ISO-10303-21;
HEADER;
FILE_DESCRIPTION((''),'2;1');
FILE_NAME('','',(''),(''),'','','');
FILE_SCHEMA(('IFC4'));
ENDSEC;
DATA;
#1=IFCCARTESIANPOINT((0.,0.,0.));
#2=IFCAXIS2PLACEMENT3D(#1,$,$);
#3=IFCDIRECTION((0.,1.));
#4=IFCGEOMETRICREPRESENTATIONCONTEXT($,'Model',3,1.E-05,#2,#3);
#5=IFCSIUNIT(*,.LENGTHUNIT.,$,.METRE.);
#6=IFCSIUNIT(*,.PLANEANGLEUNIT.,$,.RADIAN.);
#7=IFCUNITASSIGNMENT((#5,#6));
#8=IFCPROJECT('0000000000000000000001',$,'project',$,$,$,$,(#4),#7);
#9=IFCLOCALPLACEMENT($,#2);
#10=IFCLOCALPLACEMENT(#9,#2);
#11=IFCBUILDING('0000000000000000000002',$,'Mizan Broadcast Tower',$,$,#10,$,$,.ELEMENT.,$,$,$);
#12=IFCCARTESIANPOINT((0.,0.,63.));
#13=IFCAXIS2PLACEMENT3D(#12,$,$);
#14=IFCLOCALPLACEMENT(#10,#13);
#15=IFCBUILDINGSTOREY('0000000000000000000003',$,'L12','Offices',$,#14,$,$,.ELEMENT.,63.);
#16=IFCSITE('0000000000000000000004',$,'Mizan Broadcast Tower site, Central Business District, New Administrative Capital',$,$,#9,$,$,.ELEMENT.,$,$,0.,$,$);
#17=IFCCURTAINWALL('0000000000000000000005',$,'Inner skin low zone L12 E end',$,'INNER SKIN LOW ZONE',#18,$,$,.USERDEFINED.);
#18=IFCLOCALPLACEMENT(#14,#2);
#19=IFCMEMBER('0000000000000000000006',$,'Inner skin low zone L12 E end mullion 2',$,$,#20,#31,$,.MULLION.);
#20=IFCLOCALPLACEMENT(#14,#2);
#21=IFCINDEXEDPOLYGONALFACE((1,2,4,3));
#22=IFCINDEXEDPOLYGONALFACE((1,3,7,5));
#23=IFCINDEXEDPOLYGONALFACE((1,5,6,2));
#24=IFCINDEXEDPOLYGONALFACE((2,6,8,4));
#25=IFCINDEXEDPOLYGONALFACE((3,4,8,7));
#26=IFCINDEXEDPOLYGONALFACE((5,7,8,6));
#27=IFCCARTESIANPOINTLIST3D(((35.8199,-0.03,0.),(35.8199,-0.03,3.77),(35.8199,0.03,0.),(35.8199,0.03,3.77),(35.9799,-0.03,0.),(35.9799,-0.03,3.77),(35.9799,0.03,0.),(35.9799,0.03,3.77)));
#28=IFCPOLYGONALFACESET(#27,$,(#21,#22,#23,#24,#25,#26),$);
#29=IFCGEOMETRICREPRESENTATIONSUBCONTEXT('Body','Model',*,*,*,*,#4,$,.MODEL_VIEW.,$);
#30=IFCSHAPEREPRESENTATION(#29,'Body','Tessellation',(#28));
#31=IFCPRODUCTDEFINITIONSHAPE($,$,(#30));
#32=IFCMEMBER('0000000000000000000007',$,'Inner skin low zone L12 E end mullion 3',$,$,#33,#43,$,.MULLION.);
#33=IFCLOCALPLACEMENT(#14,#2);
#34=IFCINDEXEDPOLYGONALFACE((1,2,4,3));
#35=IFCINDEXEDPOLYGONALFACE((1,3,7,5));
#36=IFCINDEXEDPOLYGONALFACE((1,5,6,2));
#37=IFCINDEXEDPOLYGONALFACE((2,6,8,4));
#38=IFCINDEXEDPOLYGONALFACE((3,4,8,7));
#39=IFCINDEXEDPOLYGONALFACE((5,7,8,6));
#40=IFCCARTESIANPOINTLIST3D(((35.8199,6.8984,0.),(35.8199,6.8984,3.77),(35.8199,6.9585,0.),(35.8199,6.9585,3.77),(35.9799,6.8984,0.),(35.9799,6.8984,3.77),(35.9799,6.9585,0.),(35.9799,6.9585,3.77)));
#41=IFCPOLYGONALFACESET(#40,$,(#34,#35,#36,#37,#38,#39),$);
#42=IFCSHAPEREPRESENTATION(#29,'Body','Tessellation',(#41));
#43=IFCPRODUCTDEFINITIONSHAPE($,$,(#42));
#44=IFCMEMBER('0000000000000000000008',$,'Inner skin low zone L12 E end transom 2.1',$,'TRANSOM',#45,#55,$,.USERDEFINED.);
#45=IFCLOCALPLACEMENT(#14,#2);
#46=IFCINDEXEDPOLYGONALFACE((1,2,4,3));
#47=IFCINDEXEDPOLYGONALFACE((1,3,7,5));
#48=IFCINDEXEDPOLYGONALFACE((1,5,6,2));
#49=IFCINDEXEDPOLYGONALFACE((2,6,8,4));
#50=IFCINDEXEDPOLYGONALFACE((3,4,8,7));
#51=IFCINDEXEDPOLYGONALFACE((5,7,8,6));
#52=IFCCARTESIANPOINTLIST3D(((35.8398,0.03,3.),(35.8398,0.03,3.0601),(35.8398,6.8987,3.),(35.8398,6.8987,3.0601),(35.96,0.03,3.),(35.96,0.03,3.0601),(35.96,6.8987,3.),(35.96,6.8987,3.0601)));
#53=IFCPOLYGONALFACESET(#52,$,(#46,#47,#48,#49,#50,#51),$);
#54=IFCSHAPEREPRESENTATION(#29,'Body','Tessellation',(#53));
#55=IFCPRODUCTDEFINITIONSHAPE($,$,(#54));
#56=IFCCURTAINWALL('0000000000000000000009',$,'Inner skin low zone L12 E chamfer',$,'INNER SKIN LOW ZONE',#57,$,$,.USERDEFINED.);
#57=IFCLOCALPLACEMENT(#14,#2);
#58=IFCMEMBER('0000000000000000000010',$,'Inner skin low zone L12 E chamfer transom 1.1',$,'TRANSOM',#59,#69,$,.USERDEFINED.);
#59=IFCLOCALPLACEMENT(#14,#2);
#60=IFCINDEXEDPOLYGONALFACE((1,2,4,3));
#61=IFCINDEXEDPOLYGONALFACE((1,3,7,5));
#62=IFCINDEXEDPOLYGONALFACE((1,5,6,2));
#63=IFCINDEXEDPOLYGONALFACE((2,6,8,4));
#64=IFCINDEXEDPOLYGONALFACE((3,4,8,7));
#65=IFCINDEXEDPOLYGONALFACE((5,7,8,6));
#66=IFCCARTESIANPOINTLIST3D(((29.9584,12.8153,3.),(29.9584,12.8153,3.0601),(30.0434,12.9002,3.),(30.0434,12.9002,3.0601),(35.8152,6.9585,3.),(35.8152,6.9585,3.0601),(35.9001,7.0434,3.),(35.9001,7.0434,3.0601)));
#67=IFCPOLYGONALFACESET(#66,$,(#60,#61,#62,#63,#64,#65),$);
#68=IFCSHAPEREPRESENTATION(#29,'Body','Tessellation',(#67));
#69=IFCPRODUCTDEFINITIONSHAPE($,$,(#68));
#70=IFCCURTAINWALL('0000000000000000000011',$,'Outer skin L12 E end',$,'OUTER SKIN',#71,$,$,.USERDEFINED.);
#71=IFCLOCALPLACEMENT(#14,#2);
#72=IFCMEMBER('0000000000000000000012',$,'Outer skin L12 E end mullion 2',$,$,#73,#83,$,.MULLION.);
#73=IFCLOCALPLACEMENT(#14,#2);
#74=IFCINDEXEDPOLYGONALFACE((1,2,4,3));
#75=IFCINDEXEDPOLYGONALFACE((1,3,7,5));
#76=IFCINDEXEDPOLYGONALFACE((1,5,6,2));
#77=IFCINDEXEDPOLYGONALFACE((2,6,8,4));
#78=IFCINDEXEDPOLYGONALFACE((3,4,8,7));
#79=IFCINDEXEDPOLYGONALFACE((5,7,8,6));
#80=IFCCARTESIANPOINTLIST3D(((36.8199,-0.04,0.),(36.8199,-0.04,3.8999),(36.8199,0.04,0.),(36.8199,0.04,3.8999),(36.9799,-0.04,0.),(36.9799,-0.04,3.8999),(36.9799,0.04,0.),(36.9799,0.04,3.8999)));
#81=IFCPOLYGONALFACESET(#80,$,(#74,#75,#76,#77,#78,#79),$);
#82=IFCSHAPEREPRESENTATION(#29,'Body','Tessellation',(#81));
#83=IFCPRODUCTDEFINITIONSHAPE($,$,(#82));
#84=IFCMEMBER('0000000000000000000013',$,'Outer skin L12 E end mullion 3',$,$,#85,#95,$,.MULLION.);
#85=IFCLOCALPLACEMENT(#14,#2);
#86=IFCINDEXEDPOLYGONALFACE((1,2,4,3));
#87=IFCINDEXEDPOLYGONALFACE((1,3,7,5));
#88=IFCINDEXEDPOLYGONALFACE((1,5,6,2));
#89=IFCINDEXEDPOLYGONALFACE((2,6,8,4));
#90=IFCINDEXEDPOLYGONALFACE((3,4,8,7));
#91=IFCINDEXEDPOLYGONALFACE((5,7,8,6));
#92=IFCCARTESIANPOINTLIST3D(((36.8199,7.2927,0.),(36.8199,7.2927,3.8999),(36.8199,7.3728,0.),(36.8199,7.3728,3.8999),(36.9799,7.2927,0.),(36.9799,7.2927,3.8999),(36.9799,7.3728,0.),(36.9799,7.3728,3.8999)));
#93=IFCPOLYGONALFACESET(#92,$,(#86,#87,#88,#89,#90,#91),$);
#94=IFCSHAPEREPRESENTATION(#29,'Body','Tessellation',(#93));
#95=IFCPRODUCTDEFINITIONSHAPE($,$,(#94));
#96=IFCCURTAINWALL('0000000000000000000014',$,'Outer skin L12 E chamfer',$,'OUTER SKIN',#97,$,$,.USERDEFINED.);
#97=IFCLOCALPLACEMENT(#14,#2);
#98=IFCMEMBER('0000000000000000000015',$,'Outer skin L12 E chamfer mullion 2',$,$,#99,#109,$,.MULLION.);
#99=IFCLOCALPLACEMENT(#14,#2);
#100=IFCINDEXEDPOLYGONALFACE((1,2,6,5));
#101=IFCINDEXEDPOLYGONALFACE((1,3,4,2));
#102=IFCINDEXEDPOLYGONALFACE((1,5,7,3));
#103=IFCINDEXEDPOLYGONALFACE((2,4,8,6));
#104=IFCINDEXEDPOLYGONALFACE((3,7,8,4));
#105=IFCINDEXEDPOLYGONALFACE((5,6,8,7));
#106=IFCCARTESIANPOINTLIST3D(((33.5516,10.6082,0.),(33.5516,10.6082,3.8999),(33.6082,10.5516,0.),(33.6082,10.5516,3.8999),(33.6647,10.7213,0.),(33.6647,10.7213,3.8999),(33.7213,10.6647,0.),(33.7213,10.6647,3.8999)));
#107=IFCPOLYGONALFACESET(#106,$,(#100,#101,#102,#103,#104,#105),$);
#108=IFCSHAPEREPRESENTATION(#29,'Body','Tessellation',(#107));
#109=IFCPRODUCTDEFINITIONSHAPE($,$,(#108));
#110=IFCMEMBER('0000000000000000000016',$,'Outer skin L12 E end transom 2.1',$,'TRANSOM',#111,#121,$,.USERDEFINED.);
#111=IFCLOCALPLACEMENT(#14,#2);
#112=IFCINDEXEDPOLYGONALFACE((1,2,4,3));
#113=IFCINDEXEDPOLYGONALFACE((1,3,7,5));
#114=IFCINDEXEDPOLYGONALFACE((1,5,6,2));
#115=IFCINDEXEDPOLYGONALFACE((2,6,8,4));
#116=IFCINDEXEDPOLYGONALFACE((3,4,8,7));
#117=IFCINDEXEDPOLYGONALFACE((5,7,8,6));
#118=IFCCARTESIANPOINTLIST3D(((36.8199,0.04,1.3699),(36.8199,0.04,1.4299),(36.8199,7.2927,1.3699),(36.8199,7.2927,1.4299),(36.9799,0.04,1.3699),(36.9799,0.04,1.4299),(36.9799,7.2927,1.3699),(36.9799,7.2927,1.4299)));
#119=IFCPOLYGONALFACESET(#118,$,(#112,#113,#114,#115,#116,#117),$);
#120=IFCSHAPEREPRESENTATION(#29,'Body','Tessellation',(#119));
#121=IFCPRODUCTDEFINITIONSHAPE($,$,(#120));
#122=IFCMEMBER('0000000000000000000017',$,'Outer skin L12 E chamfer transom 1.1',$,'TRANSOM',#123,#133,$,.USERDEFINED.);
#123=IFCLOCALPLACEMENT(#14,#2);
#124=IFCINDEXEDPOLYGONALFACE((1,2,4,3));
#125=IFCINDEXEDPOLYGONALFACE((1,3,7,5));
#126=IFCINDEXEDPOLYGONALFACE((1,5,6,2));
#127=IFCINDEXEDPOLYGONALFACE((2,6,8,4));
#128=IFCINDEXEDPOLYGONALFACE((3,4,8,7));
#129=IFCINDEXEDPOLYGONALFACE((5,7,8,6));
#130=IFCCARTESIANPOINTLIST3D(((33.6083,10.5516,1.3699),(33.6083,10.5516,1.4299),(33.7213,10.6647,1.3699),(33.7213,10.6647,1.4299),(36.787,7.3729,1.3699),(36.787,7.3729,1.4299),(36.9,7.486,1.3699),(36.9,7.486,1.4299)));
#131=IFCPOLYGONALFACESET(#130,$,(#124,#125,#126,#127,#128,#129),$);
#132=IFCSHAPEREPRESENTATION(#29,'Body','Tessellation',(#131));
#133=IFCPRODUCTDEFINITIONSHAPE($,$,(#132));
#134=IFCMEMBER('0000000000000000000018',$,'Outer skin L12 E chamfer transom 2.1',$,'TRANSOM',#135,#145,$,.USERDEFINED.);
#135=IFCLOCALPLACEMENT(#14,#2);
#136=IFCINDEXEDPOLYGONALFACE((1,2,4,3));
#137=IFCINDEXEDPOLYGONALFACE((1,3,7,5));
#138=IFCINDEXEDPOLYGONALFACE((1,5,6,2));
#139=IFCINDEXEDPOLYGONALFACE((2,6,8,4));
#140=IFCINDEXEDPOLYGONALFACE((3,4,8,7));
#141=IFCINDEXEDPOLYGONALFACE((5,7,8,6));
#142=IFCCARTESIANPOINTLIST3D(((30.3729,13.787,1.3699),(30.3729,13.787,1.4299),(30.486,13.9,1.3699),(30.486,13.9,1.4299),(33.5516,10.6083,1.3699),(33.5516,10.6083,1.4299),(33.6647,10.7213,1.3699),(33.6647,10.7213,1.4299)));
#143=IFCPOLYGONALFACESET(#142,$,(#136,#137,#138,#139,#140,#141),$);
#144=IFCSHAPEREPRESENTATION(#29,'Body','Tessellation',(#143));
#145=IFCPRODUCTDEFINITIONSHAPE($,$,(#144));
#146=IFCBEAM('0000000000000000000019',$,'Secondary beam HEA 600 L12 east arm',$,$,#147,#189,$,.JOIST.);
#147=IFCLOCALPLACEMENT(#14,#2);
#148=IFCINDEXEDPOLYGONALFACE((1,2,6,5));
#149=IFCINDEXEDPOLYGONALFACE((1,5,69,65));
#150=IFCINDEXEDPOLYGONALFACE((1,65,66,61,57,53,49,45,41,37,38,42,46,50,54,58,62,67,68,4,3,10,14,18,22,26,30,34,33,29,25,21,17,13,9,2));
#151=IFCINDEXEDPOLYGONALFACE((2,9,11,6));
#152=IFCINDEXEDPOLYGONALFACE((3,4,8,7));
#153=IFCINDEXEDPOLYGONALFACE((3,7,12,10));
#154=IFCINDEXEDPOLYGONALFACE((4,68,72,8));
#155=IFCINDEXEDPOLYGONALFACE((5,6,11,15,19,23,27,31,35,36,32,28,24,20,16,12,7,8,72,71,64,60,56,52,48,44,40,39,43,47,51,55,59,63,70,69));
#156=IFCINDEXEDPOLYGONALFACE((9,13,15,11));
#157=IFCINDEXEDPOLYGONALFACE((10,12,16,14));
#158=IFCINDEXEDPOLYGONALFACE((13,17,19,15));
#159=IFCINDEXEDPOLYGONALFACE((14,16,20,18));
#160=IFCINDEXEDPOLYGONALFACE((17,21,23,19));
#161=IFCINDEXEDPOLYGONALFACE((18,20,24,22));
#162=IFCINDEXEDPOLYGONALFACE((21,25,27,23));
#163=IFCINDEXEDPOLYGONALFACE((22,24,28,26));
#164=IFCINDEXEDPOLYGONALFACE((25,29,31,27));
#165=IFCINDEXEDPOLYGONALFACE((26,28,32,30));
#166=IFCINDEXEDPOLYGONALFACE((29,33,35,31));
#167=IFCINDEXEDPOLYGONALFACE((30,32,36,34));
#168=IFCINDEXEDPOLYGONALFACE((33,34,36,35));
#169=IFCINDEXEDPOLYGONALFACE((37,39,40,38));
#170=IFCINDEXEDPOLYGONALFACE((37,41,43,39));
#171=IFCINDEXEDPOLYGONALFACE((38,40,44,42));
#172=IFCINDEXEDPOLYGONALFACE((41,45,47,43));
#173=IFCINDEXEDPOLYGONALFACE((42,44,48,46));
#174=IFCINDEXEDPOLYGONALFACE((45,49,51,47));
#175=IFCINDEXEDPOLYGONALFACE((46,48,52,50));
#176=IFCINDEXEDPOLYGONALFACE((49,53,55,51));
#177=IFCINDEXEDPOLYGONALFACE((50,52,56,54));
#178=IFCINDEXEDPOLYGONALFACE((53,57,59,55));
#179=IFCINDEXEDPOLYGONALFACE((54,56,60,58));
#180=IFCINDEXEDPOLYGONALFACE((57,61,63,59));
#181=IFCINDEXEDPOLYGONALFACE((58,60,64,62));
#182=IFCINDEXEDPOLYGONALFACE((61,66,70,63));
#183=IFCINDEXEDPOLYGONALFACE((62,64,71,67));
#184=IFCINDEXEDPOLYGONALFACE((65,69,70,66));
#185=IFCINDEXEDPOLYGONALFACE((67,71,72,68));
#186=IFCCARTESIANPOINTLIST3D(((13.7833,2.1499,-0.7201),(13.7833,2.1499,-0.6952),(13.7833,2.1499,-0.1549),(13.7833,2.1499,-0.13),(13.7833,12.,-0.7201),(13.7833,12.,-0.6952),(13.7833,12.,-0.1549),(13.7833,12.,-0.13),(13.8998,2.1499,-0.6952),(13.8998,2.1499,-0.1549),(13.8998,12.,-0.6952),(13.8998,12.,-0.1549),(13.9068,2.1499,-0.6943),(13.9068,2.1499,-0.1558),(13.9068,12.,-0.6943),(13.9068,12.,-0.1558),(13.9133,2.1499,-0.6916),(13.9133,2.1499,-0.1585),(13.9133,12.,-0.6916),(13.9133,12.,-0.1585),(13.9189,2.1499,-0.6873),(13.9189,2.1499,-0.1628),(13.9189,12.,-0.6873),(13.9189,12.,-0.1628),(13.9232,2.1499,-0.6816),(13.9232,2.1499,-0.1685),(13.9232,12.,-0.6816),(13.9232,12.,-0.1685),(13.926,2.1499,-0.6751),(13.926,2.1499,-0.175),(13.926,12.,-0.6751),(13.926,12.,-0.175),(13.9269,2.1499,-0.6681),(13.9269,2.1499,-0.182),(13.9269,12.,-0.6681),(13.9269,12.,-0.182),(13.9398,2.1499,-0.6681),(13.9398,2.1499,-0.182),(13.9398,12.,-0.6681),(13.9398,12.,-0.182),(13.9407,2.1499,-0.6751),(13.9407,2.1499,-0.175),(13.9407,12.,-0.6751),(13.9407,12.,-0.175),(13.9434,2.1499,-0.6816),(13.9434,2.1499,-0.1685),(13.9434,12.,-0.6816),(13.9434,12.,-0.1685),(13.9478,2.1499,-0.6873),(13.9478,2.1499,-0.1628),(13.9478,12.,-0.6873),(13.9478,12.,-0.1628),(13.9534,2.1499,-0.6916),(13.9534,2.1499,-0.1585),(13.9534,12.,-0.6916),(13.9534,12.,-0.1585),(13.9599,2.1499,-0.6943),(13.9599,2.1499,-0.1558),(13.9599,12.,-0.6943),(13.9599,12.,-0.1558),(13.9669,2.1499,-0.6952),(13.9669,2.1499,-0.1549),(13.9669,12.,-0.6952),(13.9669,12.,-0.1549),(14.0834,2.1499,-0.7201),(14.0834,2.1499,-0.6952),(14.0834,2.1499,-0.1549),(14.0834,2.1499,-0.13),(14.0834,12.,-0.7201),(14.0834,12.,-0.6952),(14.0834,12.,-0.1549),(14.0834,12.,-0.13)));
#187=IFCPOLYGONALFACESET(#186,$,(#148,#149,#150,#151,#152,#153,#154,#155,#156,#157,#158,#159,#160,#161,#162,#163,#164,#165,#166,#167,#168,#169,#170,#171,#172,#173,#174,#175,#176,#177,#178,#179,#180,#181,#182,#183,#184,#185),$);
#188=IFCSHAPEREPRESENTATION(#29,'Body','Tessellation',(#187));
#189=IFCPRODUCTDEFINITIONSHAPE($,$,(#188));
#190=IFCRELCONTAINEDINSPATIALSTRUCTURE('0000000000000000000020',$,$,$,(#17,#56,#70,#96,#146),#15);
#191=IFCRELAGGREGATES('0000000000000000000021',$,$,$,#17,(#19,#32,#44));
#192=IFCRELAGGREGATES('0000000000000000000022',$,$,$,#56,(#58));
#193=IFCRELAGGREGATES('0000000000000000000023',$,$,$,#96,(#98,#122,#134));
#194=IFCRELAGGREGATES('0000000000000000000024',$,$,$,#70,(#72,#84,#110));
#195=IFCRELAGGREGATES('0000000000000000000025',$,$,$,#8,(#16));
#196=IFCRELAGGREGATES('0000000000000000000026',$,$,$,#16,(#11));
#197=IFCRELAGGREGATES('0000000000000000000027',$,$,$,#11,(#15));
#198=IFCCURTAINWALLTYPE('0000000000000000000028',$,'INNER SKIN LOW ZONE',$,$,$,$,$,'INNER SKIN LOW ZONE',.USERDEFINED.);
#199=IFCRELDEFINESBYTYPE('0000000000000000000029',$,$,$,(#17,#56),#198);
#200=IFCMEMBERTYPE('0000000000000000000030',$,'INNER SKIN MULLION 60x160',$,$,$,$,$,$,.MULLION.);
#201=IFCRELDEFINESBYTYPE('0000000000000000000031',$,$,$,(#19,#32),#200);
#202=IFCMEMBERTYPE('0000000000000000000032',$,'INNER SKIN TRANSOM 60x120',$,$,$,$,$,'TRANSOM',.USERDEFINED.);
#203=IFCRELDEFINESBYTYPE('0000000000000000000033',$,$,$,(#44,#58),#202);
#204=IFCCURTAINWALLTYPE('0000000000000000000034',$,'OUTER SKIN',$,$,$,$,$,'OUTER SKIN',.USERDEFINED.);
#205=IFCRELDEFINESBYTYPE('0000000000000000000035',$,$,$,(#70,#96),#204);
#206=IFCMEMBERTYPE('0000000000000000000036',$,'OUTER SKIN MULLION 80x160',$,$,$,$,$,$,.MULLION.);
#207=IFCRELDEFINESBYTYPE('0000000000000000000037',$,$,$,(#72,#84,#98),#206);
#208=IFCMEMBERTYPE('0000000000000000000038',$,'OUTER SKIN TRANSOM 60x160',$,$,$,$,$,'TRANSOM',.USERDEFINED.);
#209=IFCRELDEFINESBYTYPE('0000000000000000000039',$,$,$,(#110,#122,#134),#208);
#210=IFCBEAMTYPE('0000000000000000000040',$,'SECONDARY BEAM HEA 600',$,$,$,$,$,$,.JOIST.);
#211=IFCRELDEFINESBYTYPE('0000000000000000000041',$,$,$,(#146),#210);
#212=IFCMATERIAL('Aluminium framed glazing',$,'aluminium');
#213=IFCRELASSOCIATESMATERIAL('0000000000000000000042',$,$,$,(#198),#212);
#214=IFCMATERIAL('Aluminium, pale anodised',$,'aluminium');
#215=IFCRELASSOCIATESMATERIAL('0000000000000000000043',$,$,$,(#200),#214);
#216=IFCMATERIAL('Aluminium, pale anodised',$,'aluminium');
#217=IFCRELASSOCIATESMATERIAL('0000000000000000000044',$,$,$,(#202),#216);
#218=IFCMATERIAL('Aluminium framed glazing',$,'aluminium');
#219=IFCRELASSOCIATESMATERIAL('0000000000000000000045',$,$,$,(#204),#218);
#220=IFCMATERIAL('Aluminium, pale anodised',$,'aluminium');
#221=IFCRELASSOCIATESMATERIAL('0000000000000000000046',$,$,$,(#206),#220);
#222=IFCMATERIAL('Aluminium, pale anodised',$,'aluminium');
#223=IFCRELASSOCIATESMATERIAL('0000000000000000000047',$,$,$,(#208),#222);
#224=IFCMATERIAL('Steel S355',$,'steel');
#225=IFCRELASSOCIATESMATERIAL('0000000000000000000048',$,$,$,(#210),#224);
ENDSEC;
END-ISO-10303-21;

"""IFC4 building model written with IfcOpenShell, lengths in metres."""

from ifc_helpers import new_model, si_unit, direction, frame, origin, origin_2d, place, context, subcontext, project, spatial, rectangle, i_section, extrude, material, material_profile, profile_set, type_object, element, aggregate, save


model = new_model("IFC4")

# Units and contexts
model_context = context("Model", 3, precision=1e-05, world=origin(), true_north=direction((0.0, 1.0)))
body_context = subcontext(model_context, "Body", "Model", "MODEL_VIEW")
ifc_project = project(units=[si_unit("LENGTHUNIT", "METRE"), si_unit("PLANEANGLEUNIT", "RADIAN")], contexts=[model_context])

# Site, building, storey
site_placement = place(None, origin())
site = spatial("IfcSite", under=ifc_project, at=site_placement, Name="Mizan Broadcast Tower site, Central Business District, New Administrative Capital", CompositionType="ELEMENT", RefElevation=0.0)
building_placement = place(site_placement, origin())
building = spatial("IfcBuilding", under=site, at=building_placement, Name="Mizan Broadcast Tower", CompositionType="ELEMENT")
storey_placement = place(building_placement, frame((0.0, 0.0, 63.0)))
storey = spatial("IfcBuildingStorey", under=building, at=storey_placement, Name="L12", Description="Offices", CompositionType="ELEMENT", Elevation=63.0)

# Curtain wall, members
ifc_material_1 = material(Name="Aluminium framed glazing", Category="aluminium")
curtain_wall_type_1 = type_object("IfcCurtainWallType", Name="INNER SKIN LOW ZONE", ElementType="INNER SKIN LOW ZONE", PredefinedType="USERDEFINED", material=ifc_material_1)
curtain_wall_1_placement = place(storey_placement, origin())
curtain_wall_1 = element("IfcCurtainWall", 1, at=curtain_wall_1_placement, inside=storey, type_object=curtain_wall_type_1, Name="Inner skin low zone L12 E end", ObjectType="INNER SKIN LOW ZONE", PredefinedType="USERDEFINED")
ifc_material_2 = material(Name="Aluminium, pale anodised", Category="aluminium")
ifc_material_profile_1 = material_profile(ifc_material_2, rectangle(XDim=0.1599, YDim=0.0601, at=origin_2d()), Name="MULLION 160x60")
ifc_profile_set_1 = profile_set([ifc_material_profile_1], Name="Aluminium, pale anodised")
member_type_1 = type_object("IfcMemberType", Name="INNER SKIN MULLION 60x160", PredefinedType="MULLION", material=ifc_profile_set_1)
member_1_placement = place(storey_placement, frame((35.8999, 0.0, 0.0), z_axis=(0.0, 0.0, 1.0), x_axis=(-1.0, 0.0, 0.0)))
member_1 = element("IfcMember", 2, at=member_1_placement, type_object=member_type_1, Name="Inner skin low zone L12 E end mullion 2", PredefinedType="MULLION", context=body_context, shape_type="SweptSolid", body=[
    extrude(rectangle(XDim=0.1599, YDim=0.0601, at=origin_2d()), origin(), (0.0, 0.0, 1.0), 3.77),
])
member_2_placement = place(storey_placement, frame((35.8999, 6.9285, 0.0), z_axis=(0.0, 0.0, 1.0), x_axis=(-1.0, 0.0, 0.0)))
member_2 = element("IfcMember", 3, at=member_2_placement, type_object=member_type_1, Name="Inner skin low zone L12 E end mullion 3", PredefinedType="MULLION", context=body_context, shape_type="SweptSolid", body=[
    extrude(rectangle(XDim=0.1599, YDim=0.0601, at=origin_2d()), origin(), (0.0, 0.0, 1.0), 3.77),
])
ifc_material_3 = material(Name="Aluminium, pale anodised", Category="aluminium")
ifc_material_profile_2 = material_profile(ifc_material_3, rectangle(XDim=0.1201, YDim=0.0601, at=origin_2d()), Name="TRANSOM 120x60")
ifc_profile_set_2 = profile_set([ifc_material_profile_2], Name="Aluminium, pale anodised")
member_type_2 = type_object("IfcMemberType", Name="INNER SKIN TRANSOM 60x120", ElementType="TRANSOM", PredefinedType="USERDEFINED", material=ifc_profile_set_2)
member_3_placement = place(storey_placement, frame((35.8999, 0.03, 3.03), z_axis=(0.0, 1.0, 0.0), x_axis=(-1.0, 0.0, 0.0)))
member_3 = element("IfcMember", 4, at=member_3_placement, type_object=member_type_2, Name="Inner skin low zone L12 E end transom 2.1", ObjectType="TRANSOM", PredefinedType="USERDEFINED", context=body_context, shape_type="SweptSolid", body=[
    extrude(rectangle(XDim=0.1201, YDim=0.0601, at=origin_2d()), origin(), (0.0, 0.0, 1.0), 6.8687),
])

# Curtain wall, member
curtain_wall_2_placement = place(storey_placement, origin())
curtain_wall_2 = element("IfcCurtainWall", 5, at=curtain_wall_2_placement, inside=storey, type_object=curtain_wall_type_1, Name="Inner skin low zone L12 E chamfer", ObjectType="INNER SKIN LOW ZONE", PredefinedType="USERDEFINED")
member_4_placement = place(storey_placement, frame((35.8577, 7.001, 3.03), z_axis=(-0.707107, 0.707107, 0.0), x_axis=(-0.707107, -0.707107, 0.0)))
member_4 = element("IfcMember", 6, at=member_4_placement, type_object=member_type_2, Name="Inner skin low zone L12 E chamfer transom 1.1", ObjectType="TRANSOM", PredefinedType="USERDEFINED", context=body_context, shape_type="SweptSolid", body=[
    extrude(rectangle(XDim=0.1201, YDim=0.0601, at=origin_2d()), origin(), (0.0, 0.0, 1.0), 8.2827),
])

# Curtain wall, members
ifc_material_4 = material(Name="Aluminium framed glazing", Category="aluminium")
curtain_wall_type_2 = type_object("IfcCurtainWallType", Name="OUTER SKIN", ElementType="OUTER SKIN", PredefinedType="USERDEFINED", material=ifc_material_4)
curtain_wall_3_placement = place(storey_placement, origin())
curtain_wall_3 = element("IfcCurtainWall", 7, at=curtain_wall_3_placement, inside=storey, type_object=curtain_wall_type_2, Name="Outer skin L12 E end", ObjectType="OUTER SKIN", PredefinedType="USERDEFINED")
ifc_material_5 = material(Name="Aluminium, pale anodised", Category="aluminium")
ifc_material_profile_3 = material_profile(ifc_material_5, rectangle(XDim=0.1599, YDim=0.0801, at=origin_2d()), Name="MULLION 160x80")
ifc_profile_set_3 = profile_set([ifc_material_profile_3], Name="Aluminium, pale anodised")
member_type_3 = type_object("IfcMemberType", Name="OUTER SKIN MULLION 80x160", PredefinedType="MULLION", material=ifc_profile_set_3)
member_5_placement = place(storey_placement, frame((36.8999, 0.0, 0.0), z_axis=(0.0, 0.0, 1.0), x_axis=(-1.0, 0.0, 0.0)))
member_5 = element("IfcMember", 8, at=member_5_placement, type_object=member_type_3, Name="Outer skin L12 E end mullion 2", PredefinedType="MULLION", context=body_context, shape_type="SweptSolid", body=[
    extrude(rectangle(XDim=0.1599, YDim=0.0801, at=origin_2d()), origin(), (0.0, 0.0, 1.0), 3.8999),
])
member_6_placement = place(storey_placement, frame((36.8999, 7.3328, 0.0), z_axis=(0.0, 0.0, 1.0), x_axis=(-1.0, 0.0, 0.0)))
member_6 = element("IfcMember", 9, at=member_6_placement, type_object=member_type_3, Name="Outer skin L12 E end mullion 3", PredefinedType="MULLION", context=body_context, shape_type="SweptSolid", body=[
    extrude(rectangle(XDim=0.1599, YDim=0.0801, at=origin_2d()), origin(), (0.0, 0.0, 1.0), 3.8999),
])

# Curtain wall, member
curtain_wall_4_placement = place(storey_placement, origin())
curtain_wall_4 = element("IfcCurtainWall", 10, at=curtain_wall_4_placement, inside=storey, type_object=curtain_wall_type_2, Name="Outer skin L12 E chamfer", ObjectType="OUTER SKIN", PredefinedType="USERDEFINED")
member_7_placement = place(storey_placement, frame((33.6365, 10.6365, 0.0), z_axis=(0.0, 0.0, 1.0), x_axis=(-0.707107, -0.707107, 0.0)))
member_7 = element("IfcMember", 11, at=member_7_placement, type_object=member_type_3, Name="Outer skin L12 E chamfer mullion 2", PredefinedType="MULLION", context=body_context, shape_type="SweptSolid", body=[
    extrude(rectangle(XDim=0.1599, YDim=0.0801, at=origin_2d()), origin(), (0.0, 0.0, 1.0), 3.8999),
])

# Members
ifc_material_6 = material(Name="Aluminium, pale anodised", Category="aluminium")
ifc_material_profile_4 = material_profile(ifc_material_6, rectangle(XDim=0.1599, YDim=0.0601, at=origin_2d()), Name="TRANSOM 160x60")
ifc_profile_set_4 = profile_set([ifc_material_profile_4], Name="Aluminium, pale anodised")
member_type_4 = type_object("IfcMemberType", Name="OUTER SKIN TRANSOM 60x160", ElementType="TRANSOM", PredefinedType="USERDEFINED", material=ifc_profile_set_4)
member_8_placement = place(storey_placement, frame((36.8999, 0.04, 1.3999), z_axis=(0.0, 1.0, 0.0), x_axis=(-1.0, 0.0, 0.0)))
member_8 = element("IfcMember", 12, at=member_8_placement, type_object=member_type_4, Name="Outer skin L12 E end transom 2.1", ObjectType="TRANSOM", PredefinedType="USERDEFINED", context=body_context, shape_type="SweptSolid", body=[
    extrude(rectangle(XDim=0.1599, YDim=0.0601, at=origin_2d()), origin(), (0.0, 0.0, 1.0), 7.2527),
])
member_9_placement = place(storey_placement, frame((36.8435, 7.4294, 1.3999), z_axis=(-0.707107, 0.707107, 0.0), x_axis=(-0.707107, -0.707107, 0.0)))
member_9 = element("IfcMember", 13, at=member_9_placement, type_object=member_type_4, Name="Outer skin L12 E chamfer transom 1.1", ObjectType="TRANSOM", PredefinedType="USERDEFINED", context=body_context, shape_type="SweptSolid", body=[
    extrude(rectangle(XDim=0.1599, YDim=0.0601, at=origin_2d()), origin(), (0.0, 0.0, 1.0), 4.4954),
])
member_10_placement = place(storey_placement, frame((33.6082, 10.6648, 1.3999), z_axis=(-0.707107, 0.707107, 0.0), x_axis=(-0.707107, -0.707107, 0.0)))
member_10 = element("IfcMember", 14, at=member_10_placement, type_object=member_type_4, Name="Outer skin L12 E chamfer transom 2.1", ObjectType="TRANSOM", PredefinedType="USERDEFINED", context=body_context, shape_type="SweptSolid", body=[
    extrude(rectangle(XDim=0.1599, YDim=0.0601, at=origin_2d()), origin(), (0.0, 0.0, 1.0), 4.4954),
])

# Beam
ifc_material_7 = material(Name="Steel S355", Category="steel")
ifc_material_profile_5 = material_profile(ifc_material_7, i_section(OverallWidth=0.3, OverallDepth=0.5901, WebThickness=0.0129, FlangeThickness=0.0249, FilletRadius=0.0271, at=origin_2d()), Name="HEA 600")
ifc_profile_set_5 = profile_set([ifc_material_profile_5], Name="Steel S355")
beam_type_1 = type_object("IfcBeamType", Name="SECONDARY BEAM HEA 600", PredefinedType="JOIST", material=ifc_profile_set_5)
for number, where, z_axis, x_axis, name in (
    (15, (13.9333, 12.0, -0.425), (0.0, -1.0, 0.0), (1.0, 0.0, 0.0), "Secondary beam HEA 600 L12 east arm"),
):
    element("IfcBeam", number, at=place(storey_placement, frame(where, z_axis=z_axis, x_axis=x_axis)), inside=storey, type_object=beam_type_1, Name=name, PredefinedType="JOIST", context=body_context, shape_type="SweptSolid", body=[
        extrude(i_section(OverallWidth=0.3, OverallDepth=0.5901, WebThickness=0.0129, FlangeThickness=0.0249, FilletRadius=0.0271, at=origin_2d()), origin(), (0.0, 0.0, 1.0), 9.8501),
    ])

aggregate(curtain_wall_1, [member_1, member_2, member_3])
aggregate(curtain_wall_2, [member_4])
aggregate(curtain_wall_4, [member_7, member_9, member_10])
aggregate(curtain_wall_3, [member_5, member_6, member_8])

save(model, "model.ifc")
